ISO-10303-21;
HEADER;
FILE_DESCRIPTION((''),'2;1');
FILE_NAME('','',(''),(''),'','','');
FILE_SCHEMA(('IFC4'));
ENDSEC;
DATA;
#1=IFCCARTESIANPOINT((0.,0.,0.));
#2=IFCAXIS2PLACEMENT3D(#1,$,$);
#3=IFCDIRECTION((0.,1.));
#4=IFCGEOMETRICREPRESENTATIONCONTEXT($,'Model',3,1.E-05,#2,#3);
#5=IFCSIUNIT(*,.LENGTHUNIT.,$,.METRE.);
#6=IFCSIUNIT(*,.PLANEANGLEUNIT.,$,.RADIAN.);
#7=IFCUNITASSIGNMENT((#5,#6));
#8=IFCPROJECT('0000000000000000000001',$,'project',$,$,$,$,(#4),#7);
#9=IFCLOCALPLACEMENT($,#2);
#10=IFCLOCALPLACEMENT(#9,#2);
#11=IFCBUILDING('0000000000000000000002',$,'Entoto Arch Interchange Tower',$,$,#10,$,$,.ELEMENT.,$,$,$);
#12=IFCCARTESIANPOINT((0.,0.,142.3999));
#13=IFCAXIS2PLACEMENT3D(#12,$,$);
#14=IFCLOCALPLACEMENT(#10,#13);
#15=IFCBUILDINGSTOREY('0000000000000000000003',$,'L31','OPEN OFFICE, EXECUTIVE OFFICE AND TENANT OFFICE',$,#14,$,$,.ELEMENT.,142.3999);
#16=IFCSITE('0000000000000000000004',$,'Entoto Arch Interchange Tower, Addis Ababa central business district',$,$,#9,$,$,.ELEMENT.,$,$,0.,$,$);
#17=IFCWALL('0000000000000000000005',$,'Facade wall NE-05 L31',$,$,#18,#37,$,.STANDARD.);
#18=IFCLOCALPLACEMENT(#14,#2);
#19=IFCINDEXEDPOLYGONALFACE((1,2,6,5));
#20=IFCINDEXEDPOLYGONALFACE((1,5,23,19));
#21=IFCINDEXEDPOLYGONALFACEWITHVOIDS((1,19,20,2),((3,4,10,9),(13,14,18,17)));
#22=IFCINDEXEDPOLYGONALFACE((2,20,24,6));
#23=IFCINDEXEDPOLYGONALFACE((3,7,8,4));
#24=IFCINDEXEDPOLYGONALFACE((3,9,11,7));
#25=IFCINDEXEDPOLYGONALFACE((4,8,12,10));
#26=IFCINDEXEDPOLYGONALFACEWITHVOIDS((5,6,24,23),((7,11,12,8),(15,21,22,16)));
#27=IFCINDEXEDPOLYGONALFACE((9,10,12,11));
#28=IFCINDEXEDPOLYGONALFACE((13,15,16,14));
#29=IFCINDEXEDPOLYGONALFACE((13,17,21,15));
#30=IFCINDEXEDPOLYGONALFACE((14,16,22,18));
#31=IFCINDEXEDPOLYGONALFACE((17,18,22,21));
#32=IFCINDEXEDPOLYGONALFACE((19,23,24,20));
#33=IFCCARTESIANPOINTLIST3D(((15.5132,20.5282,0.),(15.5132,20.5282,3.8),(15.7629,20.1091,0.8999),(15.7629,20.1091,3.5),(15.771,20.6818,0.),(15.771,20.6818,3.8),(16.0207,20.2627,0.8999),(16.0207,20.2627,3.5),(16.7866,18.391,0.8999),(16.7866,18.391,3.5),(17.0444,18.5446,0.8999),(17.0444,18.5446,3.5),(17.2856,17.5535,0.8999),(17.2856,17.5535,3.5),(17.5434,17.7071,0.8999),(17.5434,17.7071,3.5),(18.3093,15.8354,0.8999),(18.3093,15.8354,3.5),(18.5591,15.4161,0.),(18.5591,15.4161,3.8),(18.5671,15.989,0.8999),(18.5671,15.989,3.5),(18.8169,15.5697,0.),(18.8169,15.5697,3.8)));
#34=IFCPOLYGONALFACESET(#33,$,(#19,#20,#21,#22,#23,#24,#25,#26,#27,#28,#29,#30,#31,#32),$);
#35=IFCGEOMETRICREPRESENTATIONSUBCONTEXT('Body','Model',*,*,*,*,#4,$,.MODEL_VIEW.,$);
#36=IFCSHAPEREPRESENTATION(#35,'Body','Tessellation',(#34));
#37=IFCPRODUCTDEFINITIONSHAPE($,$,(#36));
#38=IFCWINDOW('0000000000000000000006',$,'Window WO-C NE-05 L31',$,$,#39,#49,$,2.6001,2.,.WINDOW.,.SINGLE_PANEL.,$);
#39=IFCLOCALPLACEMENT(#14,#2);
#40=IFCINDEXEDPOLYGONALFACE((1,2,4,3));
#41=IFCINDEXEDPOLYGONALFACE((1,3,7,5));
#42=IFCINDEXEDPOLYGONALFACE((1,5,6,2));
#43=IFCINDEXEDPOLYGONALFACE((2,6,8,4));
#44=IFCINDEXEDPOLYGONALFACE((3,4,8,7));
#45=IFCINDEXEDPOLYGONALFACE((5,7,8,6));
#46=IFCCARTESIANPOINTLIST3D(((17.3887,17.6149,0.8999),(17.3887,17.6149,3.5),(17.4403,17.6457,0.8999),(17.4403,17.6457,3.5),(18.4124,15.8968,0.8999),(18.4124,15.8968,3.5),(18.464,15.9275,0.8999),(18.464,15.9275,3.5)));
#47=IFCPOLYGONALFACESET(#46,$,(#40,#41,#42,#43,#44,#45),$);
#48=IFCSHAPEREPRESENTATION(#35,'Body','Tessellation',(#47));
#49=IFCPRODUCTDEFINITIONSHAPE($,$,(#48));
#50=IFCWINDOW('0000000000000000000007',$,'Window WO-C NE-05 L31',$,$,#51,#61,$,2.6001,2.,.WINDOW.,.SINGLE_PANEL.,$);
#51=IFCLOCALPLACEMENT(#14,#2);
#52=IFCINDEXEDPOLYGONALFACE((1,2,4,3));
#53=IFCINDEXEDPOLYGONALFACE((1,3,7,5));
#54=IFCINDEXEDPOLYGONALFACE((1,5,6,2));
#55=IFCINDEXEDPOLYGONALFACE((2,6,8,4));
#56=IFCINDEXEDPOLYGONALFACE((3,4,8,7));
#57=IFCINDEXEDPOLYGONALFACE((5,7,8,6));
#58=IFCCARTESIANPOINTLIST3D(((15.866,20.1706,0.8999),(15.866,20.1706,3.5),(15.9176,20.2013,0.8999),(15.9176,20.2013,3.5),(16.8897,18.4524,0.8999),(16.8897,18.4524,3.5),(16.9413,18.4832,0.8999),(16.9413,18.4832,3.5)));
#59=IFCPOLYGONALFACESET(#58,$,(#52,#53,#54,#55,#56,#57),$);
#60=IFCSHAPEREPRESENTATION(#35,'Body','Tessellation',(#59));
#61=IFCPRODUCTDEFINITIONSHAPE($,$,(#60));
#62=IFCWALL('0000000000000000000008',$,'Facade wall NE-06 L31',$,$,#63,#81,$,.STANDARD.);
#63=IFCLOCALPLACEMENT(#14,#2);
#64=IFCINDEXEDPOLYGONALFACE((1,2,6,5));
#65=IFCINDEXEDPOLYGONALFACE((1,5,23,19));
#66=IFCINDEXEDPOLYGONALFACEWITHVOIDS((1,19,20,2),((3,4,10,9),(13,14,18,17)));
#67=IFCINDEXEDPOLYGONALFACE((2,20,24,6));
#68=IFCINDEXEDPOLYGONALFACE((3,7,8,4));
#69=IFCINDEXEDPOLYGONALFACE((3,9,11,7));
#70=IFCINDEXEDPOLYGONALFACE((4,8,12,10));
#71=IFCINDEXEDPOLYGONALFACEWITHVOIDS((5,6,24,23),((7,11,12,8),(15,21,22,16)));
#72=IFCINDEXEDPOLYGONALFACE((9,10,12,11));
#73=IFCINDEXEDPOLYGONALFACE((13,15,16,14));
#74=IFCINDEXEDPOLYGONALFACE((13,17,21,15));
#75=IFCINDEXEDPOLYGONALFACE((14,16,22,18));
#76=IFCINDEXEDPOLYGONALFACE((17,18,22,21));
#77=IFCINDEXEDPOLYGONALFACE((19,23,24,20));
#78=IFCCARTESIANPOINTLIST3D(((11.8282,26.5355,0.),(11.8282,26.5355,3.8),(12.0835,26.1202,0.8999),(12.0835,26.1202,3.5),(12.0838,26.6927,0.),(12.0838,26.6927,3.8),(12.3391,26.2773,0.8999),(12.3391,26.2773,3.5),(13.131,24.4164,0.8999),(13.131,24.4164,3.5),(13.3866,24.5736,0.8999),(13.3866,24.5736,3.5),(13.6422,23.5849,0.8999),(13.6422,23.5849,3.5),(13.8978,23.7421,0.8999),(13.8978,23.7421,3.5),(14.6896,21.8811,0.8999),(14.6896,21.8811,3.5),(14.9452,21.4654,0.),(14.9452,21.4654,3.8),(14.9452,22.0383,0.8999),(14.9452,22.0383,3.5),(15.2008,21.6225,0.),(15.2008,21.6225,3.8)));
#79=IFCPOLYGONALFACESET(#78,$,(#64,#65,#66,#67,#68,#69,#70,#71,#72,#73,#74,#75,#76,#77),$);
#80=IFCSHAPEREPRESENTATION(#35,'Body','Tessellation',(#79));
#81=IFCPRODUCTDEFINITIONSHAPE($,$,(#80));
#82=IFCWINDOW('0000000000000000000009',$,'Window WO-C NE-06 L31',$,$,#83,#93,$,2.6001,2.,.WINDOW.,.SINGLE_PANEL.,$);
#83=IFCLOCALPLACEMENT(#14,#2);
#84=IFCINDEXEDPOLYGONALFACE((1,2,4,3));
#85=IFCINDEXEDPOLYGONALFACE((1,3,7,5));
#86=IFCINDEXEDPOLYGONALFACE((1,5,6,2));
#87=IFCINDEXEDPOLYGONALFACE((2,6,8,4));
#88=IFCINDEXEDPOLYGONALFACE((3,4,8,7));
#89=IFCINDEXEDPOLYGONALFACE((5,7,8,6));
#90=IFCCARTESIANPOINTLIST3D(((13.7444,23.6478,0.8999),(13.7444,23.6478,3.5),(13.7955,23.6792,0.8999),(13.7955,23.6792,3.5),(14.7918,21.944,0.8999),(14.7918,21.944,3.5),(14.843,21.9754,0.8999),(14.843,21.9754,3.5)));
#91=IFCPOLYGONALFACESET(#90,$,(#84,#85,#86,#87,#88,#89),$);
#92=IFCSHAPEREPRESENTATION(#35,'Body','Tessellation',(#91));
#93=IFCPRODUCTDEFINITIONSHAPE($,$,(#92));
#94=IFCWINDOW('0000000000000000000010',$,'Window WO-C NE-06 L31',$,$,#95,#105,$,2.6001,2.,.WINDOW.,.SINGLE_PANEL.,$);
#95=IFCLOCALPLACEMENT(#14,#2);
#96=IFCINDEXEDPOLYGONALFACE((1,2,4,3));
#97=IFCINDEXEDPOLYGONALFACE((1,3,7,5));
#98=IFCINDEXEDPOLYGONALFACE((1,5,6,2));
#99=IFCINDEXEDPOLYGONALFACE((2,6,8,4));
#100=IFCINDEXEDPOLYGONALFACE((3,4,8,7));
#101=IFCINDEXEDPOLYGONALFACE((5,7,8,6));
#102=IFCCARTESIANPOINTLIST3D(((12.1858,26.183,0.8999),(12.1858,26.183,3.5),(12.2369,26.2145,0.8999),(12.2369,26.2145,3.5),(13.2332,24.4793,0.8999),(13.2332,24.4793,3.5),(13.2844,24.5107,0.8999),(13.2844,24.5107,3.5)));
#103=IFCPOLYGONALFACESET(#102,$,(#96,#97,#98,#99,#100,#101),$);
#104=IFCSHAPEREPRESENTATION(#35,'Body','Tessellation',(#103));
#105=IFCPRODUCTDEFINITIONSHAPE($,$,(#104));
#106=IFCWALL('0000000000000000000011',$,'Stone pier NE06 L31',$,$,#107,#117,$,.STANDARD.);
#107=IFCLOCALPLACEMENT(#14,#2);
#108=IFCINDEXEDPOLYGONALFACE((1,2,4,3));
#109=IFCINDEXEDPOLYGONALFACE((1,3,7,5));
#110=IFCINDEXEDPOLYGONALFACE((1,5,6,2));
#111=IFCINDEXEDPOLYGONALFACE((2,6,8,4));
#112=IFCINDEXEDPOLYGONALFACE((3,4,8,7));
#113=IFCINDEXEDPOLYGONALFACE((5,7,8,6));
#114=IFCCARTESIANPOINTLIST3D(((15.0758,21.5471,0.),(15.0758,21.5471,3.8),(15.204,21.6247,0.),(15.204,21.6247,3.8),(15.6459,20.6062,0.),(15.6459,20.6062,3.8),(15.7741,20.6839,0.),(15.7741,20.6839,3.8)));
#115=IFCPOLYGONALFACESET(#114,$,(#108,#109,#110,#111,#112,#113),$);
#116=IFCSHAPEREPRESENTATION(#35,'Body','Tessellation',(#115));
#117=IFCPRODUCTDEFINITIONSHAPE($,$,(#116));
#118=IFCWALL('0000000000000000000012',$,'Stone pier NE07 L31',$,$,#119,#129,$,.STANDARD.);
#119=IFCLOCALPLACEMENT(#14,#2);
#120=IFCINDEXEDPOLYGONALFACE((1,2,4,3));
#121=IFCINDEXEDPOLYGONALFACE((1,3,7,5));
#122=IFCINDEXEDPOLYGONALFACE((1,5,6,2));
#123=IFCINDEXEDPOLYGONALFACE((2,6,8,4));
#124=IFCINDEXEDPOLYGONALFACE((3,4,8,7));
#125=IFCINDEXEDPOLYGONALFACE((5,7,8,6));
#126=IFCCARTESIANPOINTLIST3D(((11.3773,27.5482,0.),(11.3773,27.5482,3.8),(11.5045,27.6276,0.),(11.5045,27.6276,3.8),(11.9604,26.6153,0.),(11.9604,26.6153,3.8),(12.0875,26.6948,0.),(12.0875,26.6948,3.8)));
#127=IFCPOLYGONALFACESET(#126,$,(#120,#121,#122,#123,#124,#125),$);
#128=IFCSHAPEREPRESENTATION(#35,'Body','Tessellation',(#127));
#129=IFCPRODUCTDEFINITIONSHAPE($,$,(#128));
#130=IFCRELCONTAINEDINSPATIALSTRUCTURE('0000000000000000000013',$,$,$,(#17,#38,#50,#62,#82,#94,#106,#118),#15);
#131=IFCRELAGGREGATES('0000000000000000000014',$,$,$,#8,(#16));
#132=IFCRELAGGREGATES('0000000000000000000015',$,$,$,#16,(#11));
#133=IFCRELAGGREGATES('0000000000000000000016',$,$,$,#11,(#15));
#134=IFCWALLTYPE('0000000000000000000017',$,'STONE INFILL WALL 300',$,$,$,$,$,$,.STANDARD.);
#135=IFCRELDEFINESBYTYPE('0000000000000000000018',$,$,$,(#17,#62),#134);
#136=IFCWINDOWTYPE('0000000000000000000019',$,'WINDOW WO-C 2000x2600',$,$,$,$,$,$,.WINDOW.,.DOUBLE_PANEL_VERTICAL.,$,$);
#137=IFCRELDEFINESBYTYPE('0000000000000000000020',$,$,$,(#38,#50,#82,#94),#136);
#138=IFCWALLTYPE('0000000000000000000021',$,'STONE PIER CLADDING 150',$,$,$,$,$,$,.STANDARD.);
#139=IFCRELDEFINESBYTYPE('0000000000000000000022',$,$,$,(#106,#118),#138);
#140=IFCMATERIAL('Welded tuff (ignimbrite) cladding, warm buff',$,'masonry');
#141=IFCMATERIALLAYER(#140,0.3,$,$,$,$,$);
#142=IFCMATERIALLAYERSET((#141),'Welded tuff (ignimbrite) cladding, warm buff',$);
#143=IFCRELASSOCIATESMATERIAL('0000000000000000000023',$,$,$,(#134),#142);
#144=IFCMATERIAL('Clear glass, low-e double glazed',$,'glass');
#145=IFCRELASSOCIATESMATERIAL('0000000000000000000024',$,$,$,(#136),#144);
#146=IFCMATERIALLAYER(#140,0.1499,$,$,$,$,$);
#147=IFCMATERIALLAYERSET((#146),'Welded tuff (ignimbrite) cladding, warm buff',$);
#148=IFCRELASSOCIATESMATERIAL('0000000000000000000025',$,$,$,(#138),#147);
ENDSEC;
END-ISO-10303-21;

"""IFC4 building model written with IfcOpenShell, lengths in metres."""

from ifc_helpers import new_model, si_unit, direction, frame, frame_2d, origin, place, context, subcontext, project, spatial, rectangle, extrude, material, layer, layer_set, type_object, element, fill, save


model = new_model("IFC4")

# Units and contexts
model_context = context("Model", 3, precision=1e-05, world=origin(), true_north=direction((0.0, 1.0)))
body_context = subcontext(model_context, "Body", "Model", "MODEL_VIEW")
ifc_project = project(units=[si_unit("LENGTHUNIT", "METRE"), si_unit("PLANEANGLEUNIT", "RADIAN")], contexts=[model_context])

# Site, building, storey
site_placement = place(None, origin())
site = spatial("IfcSite", under=ifc_project, at=site_placement, Name="Entoto Arch Interchange Tower, Addis Ababa central business district", CompositionType="ELEMENT", RefElevation=0.0)
building_placement = place(site_placement, origin())
building = spatial("IfcBuilding", under=site, at=building_placement, Name="Entoto Arch Interchange Tower", CompositionType="ELEMENT")
storey_placement = place(building_placement, frame((0.0, 0.0, 142.3999)))
storey = spatial("IfcBuildingStorey", under=building, at=storey_placement, Name="L31", Description="OPEN OFFICE, EXECUTIVE OFFICE AND TENANT OFFICE", CompositionType="ELEMENT", Elevation=142.3999)

# Walls, openings, windows
ifc_material_1 = material(Name="Welded tuff (ignimbrite) cladding, warm buff", Category="masonry")
ifc_layer_1 = layer(ifc_material_1, 0.3)
ifc_layer_set_1 = layer_set([ifc_layer_1], Name="Welded tuff (ignimbrite) cladding, warm buff")
wall_type_1 = type_object("IfcWallType", Name="STONE INFILL WALL 300", PredefinedType="STANDARD", material=ifc_layer_set_1)
wall_1_placement = place(storey_placement, frame((18.688, 15.4929, 0.0), z_axis=(0.0, 0.0, 1.0), x_axis=(-0.511857, 0.859071, 0.0)))
wall_1 = element("IfcWall", 1, at=wall_1_placement, inside=storey, type_object=wall_type_1, Name="Facade wall NE-05 L31", PredefinedType="STANDARD", context=body_context, shape_type="SweptSolid", body=[
    extrude(rectangle(XDim=5.9507, YDim=0.3, at=frame_2d((2.9753, 0.0))), origin(), (0.0, 0.0, 1.0), 3.8),
])
opening_1_placement = place(wall_1_placement, frame((0.488, 0.0, 0.8999)))
opening_1 = element("IfcOpeningElement", 2, at=opening_1_placement, cuts=wall_1, PredefinedType="OPENING", context=body_context, shape_type="SweptSolid", body=[
    extrude(rectangle(XDim=2.0, YDim=2.6001, at=frame_2d((1.0, 1.3))), frame((0.0, 0.1602, 0.0), z_axis=(0.0, -1.0, 0.0), x_axis=(1.0, 0.0, 0.0)), (0.0, 0.0, 1.0), 0.3201),
])
opening_2_placement = place(wall_1_placement, frame((3.4629, 0.0, 0.8999)))
opening_2 = element("IfcOpeningElement", 3, at=opening_2_placement, cuts=wall_1, PredefinedType="OPENING", context=body_context, shape_type="SweptSolid", body=[
    extrude(rectangle(XDim=2.0, YDim=2.6001, at=frame_2d((1.0, 1.3))), frame((0.0, 0.1602, 0.0), z_axis=(0.0, -1.0, 0.0), x_axis=(1.0, 0.0, 0.0)), (0.0, 0.0, 1.0), 0.3201),
])
ifc_material_2 = material(Name="Clear glass, low-e double glazed", Category="glass")
window_type = type_object("IfcWindowType", Name="WINDOW WO-C 2000x2600", PartitioningType="DOUBLE_PANEL_VERTICAL", PredefinedType="WINDOW", material=ifc_material_2)
window_1_placement = place(opening_1_placement, origin())
window_1 = element("IfcWindow", 4, at=window_1_placement, inside=storey, type_object=window_type, Name="Window WO-C NE-05 L31", OverallHeight=2.6001, OverallWidth=2.0, PartitioningType="SINGLE_PANEL", PredefinedType="WINDOW", context=body_context, shape_type="SweptSolid", body=[
    extrude(rectangle(XDim=2.0, YDim=2.6001, at=frame_2d((1.0, 1.3))), frame((0.0, 0.03, 0.0), z_axis=(0.0, -1.0, 0.0), x_axis=(1.0, 0.0, 0.0)), (0.0, 0.0, 1.0), 0.0601),
])
fill(opening_1, window_1)
window_2_placement = place(opening_2_placement, origin())
window_2 = element("IfcWindow", 5, at=window_2_placement, inside=storey, type_object=window_type, Name="Window WO-C NE-05 L31", OverallHeight=2.6001, OverallWidth=2.0, PartitioningType="SINGLE_PANEL", PredefinedType="WINDOW", context=body_context, shape_type="SweptSolid", body=[
    extrude(rectangle(XDim=2.0, YDim=2.6001, at=frame_2d((1.0, 1.3))), frame((0.0, 0.03, 0.0), z_axis=(0.0, -1.0, 0.0), x_axis=(1.0, 0.0, 0.0)), (0.0, 0.0, 1.0), 0.0601),
])
fill(opening_2, window_2)
wall_2_placement = place(storey_placement, frame((15.073, 21.5439, 0.0), z_axis=(0.0, 0.0, 1.0), x_axis=(-0.52372, 0.851891, 0.0)))
wall_2 = element("IfcWall", 6, at=wall_2_placement, inside=storey, type_object=wall_type_1, Name="Facade wall NE-06 L31", PredefinedType="STANDARD", context=body_context, shape_type="SweptSolid", body=[
    extrude(rectangle(XDim=5.9517, YDim=0.3, at=frame_2d((2.9758, 0.0))), origin(), (0.0, 0.0, 1.0), 3.8),
])
opening_3_placement = place(wall_2_placement, frame((0.488, 0.0, 0.8999)))
opening_3 = element("IfcOpeningElement", 7, at=opening_3_placement, cuts=wall_2, PredefinedType="OPENING", context=body_context, shape_type="SweptSolid", body=[
    extrude(rectangle(XDim=2.0, YDim=2.6001, at=frame_2d((1.0, 1.3))), frame((0.0, 0.1602, 0.0), z_axis=(0.0, -1.0, 0.0), x_axis=(1.0, 0.0, 0.0)), (0.0, 0.0, 1.0), 0.3201),
])
opening_4_placement = place(wall_2_placement, frame((3.4641, 0.0, 0.8999)))
opening_4 = element("IfcOpeningElement", 8, at=opening_4_placement, cuts=wall_2, PredefinedType="OPENING", context=body_context, shape_type="SweptSolid", body=[
    extrude(rectangle(XDim=2.0, YDim=2.6001, at=frame_2d((1.0, 1.3))), frame((0.0, 0.1602, 0.0), z_axis=(0.0, -1.0, 0.0), x_axis=(1.0, 0.0, 0.0)), (0.0, 0.0, 1.0), 0.3201),
])
window_3_placement = place(opening_3_placement, origin())
window_3 = element("IfcWindow", 9, at=window_3_placement, inside=storey, type_object=window_type, Name="Window WO-C NE-06 L31", OverallHeight=2.6001, OverallWidth=2.0, PartitioningType="SINGLE_PANEL", PredefinedType="WINDOW", context=body_context, shape_type="SweptSolid", body=[
    extrude(rectangle(XDim=2.0, YDim=2.6001, at=frame_2d((1.0, 1.3))), frame((0.0, 0.03, 0.0), z_axis=(0.0, -1.0, 0.0), x_axis=(1.0, 0.0, 0.0)), (0.0, 0.0, 1.0), 0.0601),
])
fill(opening_3, window_3)
window_4_placement = place(opening_4_placement, origin())
window_4 = element("IfcWindow", 10, at=window_4_placement, inside=storey, type_object=window_type, Name="Window WO-C NE-06 L31", OverallHeight=2.6001, OverallWidth=2.0, PartitioningType="SINGLE_PANEL", PredefinedType="WINDOW", context=body_context, shape_type="SweptSolid", body=[
    extrude(rectangle(XDim=2.0, YDim=2.6001, at=frame_2d((1.0, 1.3))), frame((0.0, 0.03, 0.0), z_axis=(0.0, -1.0, 0.0), x_axis=(1.0, 0.0, 0.0)), (0.0, 0.0, 1.0), 0.0601),
])
fill(opening_4, window_4)

# Walls
ifc_layer_2 = layer(ifc_material_1, 0.1499)
ifc_layer_set_2 = layer_set([ifc_layer_2], Name="Welded tuff (ignimbrite) cladding, warm buff")
wall_type_2 = type_object("IfcWallType", Name="STONE PIER CLADDING 150", PredefinedType="STANDARD", material=ifc_layer_set_2)
for number, where, z_axis, x_axis, name in (
    (11, (15.71, 20.645, 0.0), (0.0, 0.0, 1.0), (-0.518179, 0.855272, 0.0), "Stone pier NE06 L31"),
    (12, (12.0239, 26.655, 0.0), (0.0, 0.0, 1.0), (-0.529979, 0.848011, 0.0), "Stone pier NE07 L31"),
):
    element("IfcWall", number, at=place(storey_placement, frame(where, z_axis=z_axis, x_axis=x_axis)), inside=storey, type_object=wall_type_2, Name=name, PredefinedType="STANDARD", context=body_context, shape_type="SweptSolid", body=[
        extrude(rectangle(XDim=1.1001, YDim=0.1499, at=frame_2d((0.55, 0.0))), origin(), (0.0, 0.0, 1.0), 3.8),
    ])

save(model, "model.ifc")
